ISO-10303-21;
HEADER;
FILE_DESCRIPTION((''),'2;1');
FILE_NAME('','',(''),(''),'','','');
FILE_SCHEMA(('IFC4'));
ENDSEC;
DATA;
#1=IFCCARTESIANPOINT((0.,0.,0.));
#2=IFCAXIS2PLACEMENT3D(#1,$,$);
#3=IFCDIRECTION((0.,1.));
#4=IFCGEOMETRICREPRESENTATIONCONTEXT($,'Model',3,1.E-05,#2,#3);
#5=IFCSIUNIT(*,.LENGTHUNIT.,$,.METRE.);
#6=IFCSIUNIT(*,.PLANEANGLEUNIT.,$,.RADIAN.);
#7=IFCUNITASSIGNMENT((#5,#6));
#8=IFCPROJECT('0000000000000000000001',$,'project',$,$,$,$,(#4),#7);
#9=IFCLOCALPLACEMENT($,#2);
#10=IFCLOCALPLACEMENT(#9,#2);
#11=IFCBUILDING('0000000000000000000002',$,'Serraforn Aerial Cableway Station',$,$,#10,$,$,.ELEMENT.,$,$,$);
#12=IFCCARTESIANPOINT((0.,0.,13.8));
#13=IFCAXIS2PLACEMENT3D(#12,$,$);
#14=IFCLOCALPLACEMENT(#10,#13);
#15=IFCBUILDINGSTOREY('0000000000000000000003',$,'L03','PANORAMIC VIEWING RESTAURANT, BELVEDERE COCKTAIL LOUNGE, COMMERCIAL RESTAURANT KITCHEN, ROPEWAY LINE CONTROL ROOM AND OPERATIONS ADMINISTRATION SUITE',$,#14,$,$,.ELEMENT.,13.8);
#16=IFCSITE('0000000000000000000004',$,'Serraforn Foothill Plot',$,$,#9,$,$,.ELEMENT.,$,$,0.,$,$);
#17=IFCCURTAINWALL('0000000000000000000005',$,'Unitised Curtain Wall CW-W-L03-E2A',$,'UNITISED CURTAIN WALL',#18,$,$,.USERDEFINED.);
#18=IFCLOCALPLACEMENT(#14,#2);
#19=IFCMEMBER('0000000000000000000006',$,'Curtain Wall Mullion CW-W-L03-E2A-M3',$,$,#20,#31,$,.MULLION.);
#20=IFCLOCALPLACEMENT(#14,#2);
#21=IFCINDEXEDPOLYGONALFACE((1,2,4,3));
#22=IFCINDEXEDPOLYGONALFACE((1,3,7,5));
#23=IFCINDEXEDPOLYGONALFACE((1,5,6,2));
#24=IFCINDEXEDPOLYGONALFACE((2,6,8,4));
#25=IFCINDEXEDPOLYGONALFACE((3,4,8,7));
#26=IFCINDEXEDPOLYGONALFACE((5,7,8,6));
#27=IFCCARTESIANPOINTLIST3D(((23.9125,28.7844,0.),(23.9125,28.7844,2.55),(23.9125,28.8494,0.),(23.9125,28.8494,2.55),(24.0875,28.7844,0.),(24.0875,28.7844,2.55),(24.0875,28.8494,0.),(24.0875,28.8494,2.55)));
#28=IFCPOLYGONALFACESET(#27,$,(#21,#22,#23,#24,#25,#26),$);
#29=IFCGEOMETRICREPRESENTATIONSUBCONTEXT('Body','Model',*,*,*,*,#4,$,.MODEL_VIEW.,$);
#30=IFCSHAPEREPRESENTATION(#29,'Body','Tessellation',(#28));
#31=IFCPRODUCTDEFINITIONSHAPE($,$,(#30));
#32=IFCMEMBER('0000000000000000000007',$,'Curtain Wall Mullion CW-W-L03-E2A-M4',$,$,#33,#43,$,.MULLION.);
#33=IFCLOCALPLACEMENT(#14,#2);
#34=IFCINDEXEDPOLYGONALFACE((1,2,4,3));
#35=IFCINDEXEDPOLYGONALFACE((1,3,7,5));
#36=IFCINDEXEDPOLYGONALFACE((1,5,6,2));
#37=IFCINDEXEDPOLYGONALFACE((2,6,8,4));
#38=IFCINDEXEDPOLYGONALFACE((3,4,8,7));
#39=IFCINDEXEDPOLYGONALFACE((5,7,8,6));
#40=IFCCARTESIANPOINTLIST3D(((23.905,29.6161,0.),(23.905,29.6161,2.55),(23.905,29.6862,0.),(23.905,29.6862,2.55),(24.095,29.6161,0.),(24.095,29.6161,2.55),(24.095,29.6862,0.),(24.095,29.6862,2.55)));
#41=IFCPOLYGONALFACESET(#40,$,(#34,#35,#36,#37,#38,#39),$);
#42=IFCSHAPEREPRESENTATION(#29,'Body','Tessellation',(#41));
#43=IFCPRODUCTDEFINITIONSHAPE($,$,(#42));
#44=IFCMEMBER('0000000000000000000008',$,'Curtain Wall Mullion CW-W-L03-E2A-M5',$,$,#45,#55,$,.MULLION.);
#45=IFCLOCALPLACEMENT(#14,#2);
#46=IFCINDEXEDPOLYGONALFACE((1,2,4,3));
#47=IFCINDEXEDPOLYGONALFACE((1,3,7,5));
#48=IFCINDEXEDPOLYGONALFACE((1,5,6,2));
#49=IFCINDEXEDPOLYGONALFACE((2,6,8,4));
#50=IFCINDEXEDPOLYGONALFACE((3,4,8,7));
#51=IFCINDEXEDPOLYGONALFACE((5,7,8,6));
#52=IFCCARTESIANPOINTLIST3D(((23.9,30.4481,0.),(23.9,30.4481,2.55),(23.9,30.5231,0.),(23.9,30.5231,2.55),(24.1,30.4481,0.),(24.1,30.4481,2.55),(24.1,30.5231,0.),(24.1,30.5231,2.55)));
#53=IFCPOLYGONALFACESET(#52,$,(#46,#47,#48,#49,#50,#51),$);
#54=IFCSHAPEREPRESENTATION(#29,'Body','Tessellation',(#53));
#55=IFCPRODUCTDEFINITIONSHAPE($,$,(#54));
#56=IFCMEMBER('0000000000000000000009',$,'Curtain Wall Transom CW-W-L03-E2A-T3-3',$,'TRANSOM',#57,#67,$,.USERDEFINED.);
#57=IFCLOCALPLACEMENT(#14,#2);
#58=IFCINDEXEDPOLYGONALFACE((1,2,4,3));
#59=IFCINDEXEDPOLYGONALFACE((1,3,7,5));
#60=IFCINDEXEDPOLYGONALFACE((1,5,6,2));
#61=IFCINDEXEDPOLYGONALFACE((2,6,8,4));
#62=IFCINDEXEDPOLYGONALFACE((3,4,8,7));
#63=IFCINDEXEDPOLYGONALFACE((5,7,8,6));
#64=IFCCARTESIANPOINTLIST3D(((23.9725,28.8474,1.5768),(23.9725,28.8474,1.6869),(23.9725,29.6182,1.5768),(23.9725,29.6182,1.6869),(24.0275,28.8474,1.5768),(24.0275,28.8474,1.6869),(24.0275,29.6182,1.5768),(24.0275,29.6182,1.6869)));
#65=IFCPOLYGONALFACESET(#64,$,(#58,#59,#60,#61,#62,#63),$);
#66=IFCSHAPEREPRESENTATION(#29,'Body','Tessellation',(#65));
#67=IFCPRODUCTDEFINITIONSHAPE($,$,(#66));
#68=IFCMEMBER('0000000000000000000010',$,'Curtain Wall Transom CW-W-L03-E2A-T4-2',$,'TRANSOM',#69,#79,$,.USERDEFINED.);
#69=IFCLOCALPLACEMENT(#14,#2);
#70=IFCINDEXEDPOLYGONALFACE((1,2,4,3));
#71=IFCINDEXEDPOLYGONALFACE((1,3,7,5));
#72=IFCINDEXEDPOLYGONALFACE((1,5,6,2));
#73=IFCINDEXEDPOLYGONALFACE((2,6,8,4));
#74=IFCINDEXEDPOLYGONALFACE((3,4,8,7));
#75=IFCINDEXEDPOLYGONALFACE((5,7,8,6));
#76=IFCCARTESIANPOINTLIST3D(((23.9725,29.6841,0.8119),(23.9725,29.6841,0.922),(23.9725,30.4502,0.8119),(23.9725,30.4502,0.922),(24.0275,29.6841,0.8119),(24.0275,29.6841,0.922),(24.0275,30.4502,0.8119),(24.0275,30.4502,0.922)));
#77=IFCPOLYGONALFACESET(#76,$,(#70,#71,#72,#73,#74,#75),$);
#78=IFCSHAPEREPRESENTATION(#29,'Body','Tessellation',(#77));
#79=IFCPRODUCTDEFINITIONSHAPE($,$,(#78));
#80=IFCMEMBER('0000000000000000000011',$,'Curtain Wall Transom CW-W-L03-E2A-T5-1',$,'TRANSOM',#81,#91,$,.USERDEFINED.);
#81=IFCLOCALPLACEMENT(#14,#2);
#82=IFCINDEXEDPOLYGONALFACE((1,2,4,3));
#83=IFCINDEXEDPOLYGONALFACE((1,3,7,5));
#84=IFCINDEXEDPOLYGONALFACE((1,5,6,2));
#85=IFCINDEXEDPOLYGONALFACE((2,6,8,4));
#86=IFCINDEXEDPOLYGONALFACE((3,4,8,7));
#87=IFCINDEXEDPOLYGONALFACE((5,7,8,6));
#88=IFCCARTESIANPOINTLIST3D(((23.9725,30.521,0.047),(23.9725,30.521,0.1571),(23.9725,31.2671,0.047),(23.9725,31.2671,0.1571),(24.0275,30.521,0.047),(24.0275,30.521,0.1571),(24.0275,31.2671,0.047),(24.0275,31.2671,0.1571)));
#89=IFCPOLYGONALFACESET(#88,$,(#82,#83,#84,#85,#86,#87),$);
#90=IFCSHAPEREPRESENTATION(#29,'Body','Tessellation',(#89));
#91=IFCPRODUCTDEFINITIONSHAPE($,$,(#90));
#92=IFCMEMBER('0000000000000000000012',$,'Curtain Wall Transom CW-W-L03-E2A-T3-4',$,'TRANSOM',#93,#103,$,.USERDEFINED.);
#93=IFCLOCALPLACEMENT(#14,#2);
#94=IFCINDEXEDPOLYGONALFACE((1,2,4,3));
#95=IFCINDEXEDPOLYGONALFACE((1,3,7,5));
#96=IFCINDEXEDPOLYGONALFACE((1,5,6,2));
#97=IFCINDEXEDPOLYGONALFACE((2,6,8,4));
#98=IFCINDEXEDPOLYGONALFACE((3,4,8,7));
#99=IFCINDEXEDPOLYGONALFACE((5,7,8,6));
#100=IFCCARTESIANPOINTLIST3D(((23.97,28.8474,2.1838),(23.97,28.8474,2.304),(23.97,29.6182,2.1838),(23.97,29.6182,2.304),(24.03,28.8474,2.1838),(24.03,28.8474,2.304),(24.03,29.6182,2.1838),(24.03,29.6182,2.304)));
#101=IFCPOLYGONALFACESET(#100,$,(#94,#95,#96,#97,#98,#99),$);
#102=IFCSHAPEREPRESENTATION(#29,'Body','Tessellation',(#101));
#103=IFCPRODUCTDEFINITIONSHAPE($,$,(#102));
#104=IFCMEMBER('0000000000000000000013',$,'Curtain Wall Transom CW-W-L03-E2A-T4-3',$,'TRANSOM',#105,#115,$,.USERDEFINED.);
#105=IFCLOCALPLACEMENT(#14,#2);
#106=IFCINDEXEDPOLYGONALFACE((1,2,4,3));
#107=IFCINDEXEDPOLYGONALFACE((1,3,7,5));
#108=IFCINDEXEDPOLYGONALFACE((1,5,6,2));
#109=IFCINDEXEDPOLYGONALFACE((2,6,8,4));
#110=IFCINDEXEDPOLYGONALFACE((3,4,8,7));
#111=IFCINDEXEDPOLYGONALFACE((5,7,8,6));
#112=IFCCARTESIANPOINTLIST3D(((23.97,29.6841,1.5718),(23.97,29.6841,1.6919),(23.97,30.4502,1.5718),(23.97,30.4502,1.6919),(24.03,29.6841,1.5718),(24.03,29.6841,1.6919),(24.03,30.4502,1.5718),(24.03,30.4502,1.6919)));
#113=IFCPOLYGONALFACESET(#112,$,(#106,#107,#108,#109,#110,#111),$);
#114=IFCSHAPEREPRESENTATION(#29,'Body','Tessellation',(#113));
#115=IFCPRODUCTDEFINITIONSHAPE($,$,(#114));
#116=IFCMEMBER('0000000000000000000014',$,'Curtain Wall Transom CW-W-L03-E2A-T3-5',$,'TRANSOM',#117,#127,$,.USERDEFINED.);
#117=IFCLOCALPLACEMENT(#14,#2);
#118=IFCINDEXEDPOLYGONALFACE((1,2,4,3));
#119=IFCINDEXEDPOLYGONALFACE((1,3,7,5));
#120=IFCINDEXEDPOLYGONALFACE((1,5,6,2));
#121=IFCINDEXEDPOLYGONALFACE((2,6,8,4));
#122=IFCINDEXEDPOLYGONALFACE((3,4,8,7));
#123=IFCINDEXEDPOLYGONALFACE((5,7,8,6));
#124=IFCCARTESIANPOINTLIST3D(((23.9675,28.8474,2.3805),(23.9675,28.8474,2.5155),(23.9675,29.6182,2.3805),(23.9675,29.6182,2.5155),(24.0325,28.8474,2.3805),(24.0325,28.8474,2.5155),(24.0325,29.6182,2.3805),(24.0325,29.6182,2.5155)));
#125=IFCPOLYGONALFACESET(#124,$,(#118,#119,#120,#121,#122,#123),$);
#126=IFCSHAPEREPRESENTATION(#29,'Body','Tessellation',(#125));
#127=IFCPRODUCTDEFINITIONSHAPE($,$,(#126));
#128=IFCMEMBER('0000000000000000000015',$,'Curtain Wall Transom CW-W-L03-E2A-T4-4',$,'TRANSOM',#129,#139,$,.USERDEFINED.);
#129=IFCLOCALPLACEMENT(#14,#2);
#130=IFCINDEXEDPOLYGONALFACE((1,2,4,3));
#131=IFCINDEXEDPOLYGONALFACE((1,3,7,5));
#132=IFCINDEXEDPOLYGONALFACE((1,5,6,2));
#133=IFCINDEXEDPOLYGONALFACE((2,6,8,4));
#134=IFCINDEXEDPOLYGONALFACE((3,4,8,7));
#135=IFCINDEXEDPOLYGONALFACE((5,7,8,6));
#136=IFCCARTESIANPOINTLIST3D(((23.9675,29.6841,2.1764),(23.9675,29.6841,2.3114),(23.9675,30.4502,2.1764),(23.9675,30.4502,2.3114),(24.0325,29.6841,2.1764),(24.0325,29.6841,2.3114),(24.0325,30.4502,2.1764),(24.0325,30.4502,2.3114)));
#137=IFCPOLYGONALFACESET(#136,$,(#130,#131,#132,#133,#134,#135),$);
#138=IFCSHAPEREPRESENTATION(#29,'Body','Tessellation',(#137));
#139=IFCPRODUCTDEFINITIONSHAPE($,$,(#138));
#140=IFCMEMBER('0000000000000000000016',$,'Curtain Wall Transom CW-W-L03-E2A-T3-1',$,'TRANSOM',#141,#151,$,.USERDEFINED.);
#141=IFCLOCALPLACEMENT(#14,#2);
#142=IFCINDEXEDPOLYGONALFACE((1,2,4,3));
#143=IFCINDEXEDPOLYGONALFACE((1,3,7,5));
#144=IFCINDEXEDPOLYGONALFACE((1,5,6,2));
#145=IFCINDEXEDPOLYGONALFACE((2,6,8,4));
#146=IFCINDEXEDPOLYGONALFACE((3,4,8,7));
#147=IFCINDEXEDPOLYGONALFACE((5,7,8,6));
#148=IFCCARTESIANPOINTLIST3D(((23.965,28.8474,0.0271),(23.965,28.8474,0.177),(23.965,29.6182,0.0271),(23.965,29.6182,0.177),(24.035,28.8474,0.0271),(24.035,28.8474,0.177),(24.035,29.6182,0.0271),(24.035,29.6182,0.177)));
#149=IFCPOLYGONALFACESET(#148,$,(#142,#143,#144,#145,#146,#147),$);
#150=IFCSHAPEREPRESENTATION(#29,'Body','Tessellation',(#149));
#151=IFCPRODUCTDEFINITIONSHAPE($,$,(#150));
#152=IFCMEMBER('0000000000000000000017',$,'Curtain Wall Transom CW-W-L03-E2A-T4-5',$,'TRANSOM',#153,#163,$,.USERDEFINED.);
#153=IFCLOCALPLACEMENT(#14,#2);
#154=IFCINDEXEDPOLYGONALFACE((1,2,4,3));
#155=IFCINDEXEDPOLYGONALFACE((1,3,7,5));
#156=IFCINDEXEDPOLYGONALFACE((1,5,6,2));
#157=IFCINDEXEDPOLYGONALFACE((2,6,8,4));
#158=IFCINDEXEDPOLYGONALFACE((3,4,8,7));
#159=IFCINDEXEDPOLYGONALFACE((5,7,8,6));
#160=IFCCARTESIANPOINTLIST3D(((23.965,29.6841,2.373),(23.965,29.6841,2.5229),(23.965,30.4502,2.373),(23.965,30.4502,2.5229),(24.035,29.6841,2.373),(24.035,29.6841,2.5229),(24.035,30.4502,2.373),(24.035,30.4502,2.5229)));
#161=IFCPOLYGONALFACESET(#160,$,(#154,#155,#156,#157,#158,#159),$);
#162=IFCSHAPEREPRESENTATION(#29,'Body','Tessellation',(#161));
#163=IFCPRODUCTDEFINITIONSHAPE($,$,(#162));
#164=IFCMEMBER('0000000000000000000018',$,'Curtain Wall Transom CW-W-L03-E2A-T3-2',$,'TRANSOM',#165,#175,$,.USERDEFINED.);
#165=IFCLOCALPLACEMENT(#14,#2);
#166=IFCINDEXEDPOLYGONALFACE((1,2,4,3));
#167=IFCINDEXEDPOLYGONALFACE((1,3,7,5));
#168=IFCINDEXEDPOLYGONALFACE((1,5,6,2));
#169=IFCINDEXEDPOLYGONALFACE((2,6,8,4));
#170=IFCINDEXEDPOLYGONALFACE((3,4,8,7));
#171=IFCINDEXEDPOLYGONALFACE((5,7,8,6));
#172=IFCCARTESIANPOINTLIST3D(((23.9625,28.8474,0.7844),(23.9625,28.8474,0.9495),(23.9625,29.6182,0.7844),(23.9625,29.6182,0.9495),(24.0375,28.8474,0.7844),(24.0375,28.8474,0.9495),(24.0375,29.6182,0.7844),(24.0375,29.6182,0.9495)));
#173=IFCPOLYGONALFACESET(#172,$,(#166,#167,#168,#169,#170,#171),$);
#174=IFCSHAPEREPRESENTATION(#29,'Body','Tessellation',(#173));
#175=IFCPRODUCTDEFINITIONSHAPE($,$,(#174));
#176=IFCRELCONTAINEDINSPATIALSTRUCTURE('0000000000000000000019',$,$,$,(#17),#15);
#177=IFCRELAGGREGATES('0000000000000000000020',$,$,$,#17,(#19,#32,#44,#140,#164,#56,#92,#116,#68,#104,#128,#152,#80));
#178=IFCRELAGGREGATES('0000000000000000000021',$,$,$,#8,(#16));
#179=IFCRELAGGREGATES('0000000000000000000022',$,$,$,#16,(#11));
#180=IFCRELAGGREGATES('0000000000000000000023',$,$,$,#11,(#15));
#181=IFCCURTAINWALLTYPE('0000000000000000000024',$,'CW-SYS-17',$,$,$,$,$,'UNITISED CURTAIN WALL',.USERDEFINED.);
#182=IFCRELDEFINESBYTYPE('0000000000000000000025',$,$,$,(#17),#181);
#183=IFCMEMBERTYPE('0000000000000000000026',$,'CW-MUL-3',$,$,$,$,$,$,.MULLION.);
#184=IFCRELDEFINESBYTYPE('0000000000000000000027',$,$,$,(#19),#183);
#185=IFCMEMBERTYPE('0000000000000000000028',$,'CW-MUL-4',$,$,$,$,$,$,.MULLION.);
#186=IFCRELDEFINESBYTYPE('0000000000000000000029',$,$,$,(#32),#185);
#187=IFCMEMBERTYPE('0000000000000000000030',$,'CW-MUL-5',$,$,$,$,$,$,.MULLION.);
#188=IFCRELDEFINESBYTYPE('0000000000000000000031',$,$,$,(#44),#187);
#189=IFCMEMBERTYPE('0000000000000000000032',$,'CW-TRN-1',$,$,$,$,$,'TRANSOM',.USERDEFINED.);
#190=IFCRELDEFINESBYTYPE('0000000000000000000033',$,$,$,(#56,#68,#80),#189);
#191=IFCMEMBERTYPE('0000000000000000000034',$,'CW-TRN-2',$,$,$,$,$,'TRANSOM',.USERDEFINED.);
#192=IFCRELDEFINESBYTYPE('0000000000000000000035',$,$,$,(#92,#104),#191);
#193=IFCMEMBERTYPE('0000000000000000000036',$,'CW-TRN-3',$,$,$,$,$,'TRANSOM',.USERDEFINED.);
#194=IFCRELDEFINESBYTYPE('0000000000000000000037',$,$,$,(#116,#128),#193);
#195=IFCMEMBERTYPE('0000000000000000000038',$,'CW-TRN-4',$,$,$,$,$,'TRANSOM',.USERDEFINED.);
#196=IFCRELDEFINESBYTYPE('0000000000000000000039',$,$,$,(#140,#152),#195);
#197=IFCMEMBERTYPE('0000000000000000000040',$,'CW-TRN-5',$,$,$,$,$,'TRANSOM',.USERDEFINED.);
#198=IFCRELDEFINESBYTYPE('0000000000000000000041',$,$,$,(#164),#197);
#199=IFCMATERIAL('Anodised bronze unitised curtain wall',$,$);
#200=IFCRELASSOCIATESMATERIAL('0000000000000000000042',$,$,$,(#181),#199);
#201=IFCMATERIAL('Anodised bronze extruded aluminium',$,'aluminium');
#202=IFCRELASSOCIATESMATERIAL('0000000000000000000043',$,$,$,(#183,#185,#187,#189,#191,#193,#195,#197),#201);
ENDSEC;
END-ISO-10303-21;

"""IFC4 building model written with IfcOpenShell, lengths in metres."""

from ifc_helpers import new_model, si_unit, direction, frame, origin, origin_2d, place, context, subcontext, project, spatial, rectangle, extrude, material, material_profile, profile_set, type_object, element, aggregate, save


model = new_model("IFC4")

# Units and contexts
model_context = context("Model", 3, precision=1e-05, world=origin(), true_north=direction((0.0, 1.0)))
body_context = subcontext(model_context, "Body", "Model", "MODEL_VIEW")
ifc_project = project(units=[si_unit("LENGTHUNIT", "METRE"), si_unit("PLANEANGLEUNIT", "RADIAN")], contexts=[model_context])

# Site, building, storey
site_placement = place(None, origin())
site = spatial("IfcSite", under=ifc_project, at=site_placement, Name="Serraforn Foothill Plot", CompositionType="ELEMENT", RefElevation=0.0)
building_placement = place(site_placement, origin())
building = spatial("IfcBuilding", under=site, at=building_placement, Name="Serraforn Aerial Cableway Station", CompositionType="ELEMENT")
storey_placement = place(building_placement, frame((0.0, 0.0, 13.8)))
storey = spatial("IfcBuildingStorey", under=building, at=storey_placement, Name="L03", Description="PANORAMIC VIEWING RESTAURANT, BELVEDERE COCKTAIL LOUNGE, COMMERCIAL RESTAURANT KITCHEN, ROPEWAY LINE CONTROL ROOM AND OPERATIONS ADMINISTRATION SUITE", CompositionType="ELEMENT", Elevation=13.8)

# Curtain wall, members
ifc_material_1 = material(Name="Anodised bronze unitised curtain wall")
curtain_wall_type = type_object("IfcCurtainWallType", Name="CW-SYS-17", ElementType="UNITISED CURTAIN WALL", PredefinedType="USERDEFINED", material=ifc_material_1)
curtain_wall_placement = place(storey_placement, origin())
curtain_wall = element("IfcCurtainWall", 1, at=curtain_wall_placement, inside=storey, type_object=curtain_wall_type, Name="Unitised Curtain Wall CW-W-L03-E2A", ObjectType="UNITISED CURTAIN WALL", PredefinedType="USERDEFINED")
ifc_material_2 = material(Name="Anodised bronze extruded aluminium", Category="aluminium")
ifc_material_profile_1 = material_profile(ifc_material_2, rectangle(XDim=0.0649, YDim=0.175, at=origin_2d()), Name="CW MULLION 65x175")
ifc_profile_set_1 = profile_set([ifc_material_profile_1], Name="Anodised bronze extruded aluminium")
member_type_1 = type_object("IfcMemberType", Name="CW-MUL-3", PredefinedType="MULLION", material=ifc_profile_set_1)
member_1_placement = place(storey_placement, frame((24.0, 28.8169, 0.0), z_axis=(0.0, 0.0, 1.0), x_axis=(0.0, 1.0, 0.0)))
member_1 = element("IfcMember", 2, at=member_1_placement, type_object=member_type_1, Name="Curtain Wall Mullion CW-W-L03-E2A-M3", PredefinedType="MULLION", context=body_context, shape_type="SweptSolid", body=[
    extrude(rectangle(XDim=0.0649, YDim=0.175, at=origin_2d()), origin(), (0.0, 0.0, 1.0), 2.55),
])
ifc_material_profile_2 = material_profile(ifc_material_2, rectangle(XDim=0.0701, YDim=0.1899, at=origin_2d()), Name="CW MULLION 70x190")
ifc_profile_set_2 = profile_set([ifc_material_profile_2], Name="Anodised bronze extruded aluminium")
member_type_2 = type_object("IfcMemberType", Name="CW-MUL-4", PredefinedType="MULLION", material=ifc_profile_set_2)
member_2_placement = place(storey_placement, frame((24.0, 29.6511, 0.0), z_axis=(0.0, 0.0, 1.0), x_axis=(0.0, 1.0, 0.0)))
member_2 = element("IfcMember", 3, at=member_2_placement, type_object=member_type_2, Name="Curtain Wall Mullion CW-W-L03-E2A-M4", PredefinedType="MULLION", context=body_context, shape_type="SweptSolid", body=[
    extrude(rectangle(XDim=0.0701, YDim=0.1899, at=origin_2d()), origin(), (0.0, 0.0, 1.0), 2.55),
])
ifc_material_profile_3 = material_profile(ifc_material_2, rectangle(XDim=0.075, YDim=0.2, at=origin_2d()), Name="CW MULLION 75x200")
ifc_profile_set_3 = profile_set([ifc_material_profile_3], Name="Anodised bronze extruded aluminium")
member_type_3 = type_object("IfcMemberType", Name="CW-MUL-5", PredefinedType="MULLION", material=ifc_profile_set_3)
member_3_placement = place(storey_placement, frame((24.0, 30.4856, 0.0), z_axis=(0.0, 0.0, 1.0), x_axis=(0.0, 1.0, 0.0)))
member_3 = element("IfcMember", 4, at=member_3_placement, type_object=member_type_3, Name="Curtain Wall Mullion CW-W-L03-E2A-M5", PredefinedType="MULLION", context=body_context, shape_type="SweptSolid", body=[
    extrude(rectangle(XDim=0.075, YDim=0.2, at=origin_2d()), origin(), (0.0, 0.0, 1.0), 2.55),
])
ifc_material_profile_4 = material_profile(ifc_material_2, rectangle(XDim=0.0549, YDim=0.1101, at=origin_2d()), Name="CW TRANSOM 55x110")
ifc_profile_set_4 = profile_set([ifc_material_profile_4], Name="Anodised bronze extruded aluminium")
member_type_4 = type_object("IfcMemberType", Name="CW-TRN-1", ElementType="TRANSOM", PredefinedType="USERDEFINED", material=ifc_profile_set_4)
member_4_placement = place(storey_placement, frame((24.0, 28.8474, 1.6318), z_axis=(0.0, 1.0, 0.0), x_axis=(-1.0, 0.0, 0.0)))
member_4 = element("IfcMember", 5, at=member_4_placement, type_object=member_type_4, Name="Curtain Wall Transom CW-W-L03-E2A-T3-3", ObjectType="TRANSOM", PredefinedType="USERDEFINED", context=body_context, shape_type="SweptSolid", body=[
    extrude(rectangle(XDim=0.0549, YDim=0.1101, at=origin_2d()), origin(), (0.0, 0.0, 1.0), 0.7708),
])
member_5_placement = place(storey_placement, frame((24.0, 29.6841, 0.8669), z_axis=(0.0, 1.0, 0.0), x_axis=(-1.0, 0.0, 0.0)))
member_5 = element("IfcMember", 6, at=member_5_placement, type_object=member_type_4, Name="Curtain Wall Transom CW-W-L03-E2A-T4-2", ObjectType="TRANSOM", PredefinedType="USERDEFINED", context=body_context, shape_type="SweptSolid", body=[
    extrude(rectangle(XDim=0.0549, YDim=0.1101, at=origin_2d()), origin(), (0.0, 0.0, 1.0), 0.7661),
])
member_6_placement = place(storey_placement, frame((24.0, 30.521, 0.1021), z_axis=(0.0, 1.0, 0.0), x_axis=(-1.0, 0.0, 0.0)))
member_6 = element("IfcMember", 7, at=member_6_placement, type_object=member_type_4, Name="Curtain Wall Transom CW-W-L03-E2A-T5-1", ObjectType="TRANSOM", PredefinedType="USERDEFINED", context=body_context, shape_type="SweptSolid", body=[
    extrude(rectangle(XDim=0.0549, YDim=0.1101, at=origin_2d()), origin(), (0.0, 0.0, 1.0), 0.7461),
])
ifc_material_profile_5 = material_profile(ifc_material_2, rectangle(XDim=0.0601, YDim=0.1201, at=origin_2d()), Name="CW TRANSOM 60x120")
ifc_profile_set_5 = profile_set([ifc_material_profile_5], Name="Anodised bronze extruded aluminium")
member_type_5 = type_object("IfcMemberType", Name="CW-TRN-2", ElementType="TRANSOM", PredefinedType="USERDEFINED", material=ifc_profile_set_5)
member_7_placement = place(storey_placement, frame((24.0, 28.8474, 2.2439), z_axis=(0.0, 1.0, 0.0), x_axis=(-1.0, 0.0, 0.0)))
member_7 = element("IfcMember", 8, at=member_7_placement, type_object=member_type_5, Name="Curtain Wall Transom CW-W-L03-E2A-T3-4", ObjectType="TRANSOM", PredefinedType="USERDEFINED", context=body_context, shape_type="SweptSolid", body=[
    extrude(rectangle(XDim=0.0601, YDim=0.1201, at=origin_2d()), origin(), (0.0, 0.0, 1.0), 0.7708),
])
member_8_placement = place(storey_placement, frame((24.0, 29.6841, 1.6318), z_axis=(0.0, 1.0, 0.0), x_axis=(-1.0, 0.0, 0.0)))
member_8 = element("IfcMember", 9, at=member_8_placement, type_object=member_type_5, Name="Curtain Wall Transom CW-W-L03-E2A-T4-3", ObjectType="TRANSOM", PredefinedType="USERDEFINED", context=body_context, shape_type="SweptSolid", body=[
    extrude(rectangle(XDim=0.0601, YDim=0.1201, at=origin_2d()), origin(), (0.0, 0.0, 1.0), 0.7661),
])
ifc_material_profile_6 = material_profile(ifc_material_2, rectangle(XDim=0.0649, YDim=0.135, at=origin_2d()), Name="CW TRANSOM 65x135")
ifc_profile_set_6 = profile_set([ifc_material_profile_6], Name="Anodised bronze extruded aluminium")
member_type_6 = type_object("IfcMemberType", Name="CW-TRN-3", ElementType="TRANSOM", PredefinedType="USERDEFINED", material=ifc_profile_set_6)
member_9_placement = place(storey_placement, frame((24.0, 28.8474, 2.448), z_axis=(0.0, 1.0, 0.0), x_axis=(-1.0, 0.0, 0.0)))
member_9 = element("IfcMember", 10, at=member_9_placement, type_object=member_type_6, Name="Curtain Wall Transom CW-W-L03-E2A-T3-5", ObjectType="TRANSOM", PredefinedType="USERDEFINED", context=body_context, shape_type="SweptSolid", body=[
    extrude(rectangle(XDim=0.0649, YDim=0.135, at=origin_2d()), origin(), (0.0, 0.0, 1.0), 0.7708),
])
member_10_placement = place(storey_placement, frame((24.0, 29.6841, 2.2439), z_axis=(0.0, 1.0, 0.0), x_axis=(-1.0, 0.0, 0.0)))
member_10 = element("IfcMember", 11, at=member_10_placement, type_object=member_type_6, Name="Curtain Wall Transom CW-W-L03-E2A-T4-4", ObjectType="TRANSOM", PredefinedType="USERDEFINED", context=body_context, shape_type="SweptSolid", body=[
    extrude(rectangle(XDim=0.0649, YDim=0.135, at=origin_2d()), origin(), (0.0, 0.0, 1.0), 0.7661),
])
ifc_material_profile_7 = material_profile(ifc_material_2, rectangle(XDim=0.0701, YDim=0.1499, at=origin_2d()), Name="CW TRANSOM 70x150")
ifc_profile_set_7 = profile_set([ifc_material_profile_7], Name="Anodised bronze extruded aluminium")
member_type_7 = type_object("IfcMemberType", Name="CW-TRN-4", ElementType="TRANSOM", PredefinedType="USERDEFINED", material=ifc_profile_set_7)
member_11_placement = place(storey_placement, frame((24.0, 28.8474, 0.1021), z_axis=(0.0, 1.0, 0.0), x_axis=(-1.0, 0.0, 0.0)))
member_11 = element("IfcMember", 12, at=member_11_placement, type_object=member_type_7, Name="Curtain Wall Transom CW-W-L03-E2A-T3-1", ObjectType="TRANSOM", PredefinedType="USERDEFINED", context=body_context, shape_type="SweptSolid", body=[
    extrude(rectangle(XDim=0.0701, YDim=0.1499, at=origin_2d()), origin(), (0.0, 0.0, 1.0), 0.7708),
])
member_12_placement = place(storey_placement, frame((24.0, 29.6841, 2.448), z_axis=(0.0, 1.0, 0.0), x_axis=(-1.0, 0.0, 0.0)))
member_12 = element("IfcMember", 13, at=member_12_placement, type_object=member_type_7, Name="Curtain Wall Transom CW-W-L03-E2A-T4-5", ObjectType="TRANSOM", PredefinedType="USERDEFINED", context=body_context, shape_type="SweptSolid", body=[
    extrude(rectangle(XDim=0.0701, YDim=0.1499, at=origin_2d()), origin(), (0.0, 0.0, 1.0), 0.7661),
])
ifc_material_profile_8 = material_profile(ifc_material_2, rectangle(XDim=0.075, YDim=0.165, at=origin_2d()), Name="CW TRANSOM 75x165")
ifc_profile_set_8 = profile_set([ifc_material_profile_8], Name="Anodised bronze extruded aluminium")
member_type_8 = type_object("IfcMemberType", Name="CW-TRN-5", ElementType="TRANSOM", PredefinedType="USERDEFINED", material=ifc_profile_set_8)
member_13_placement = place(storey_placement, frame((24.0, 28.8474, 0.8669), z_axis=(0.0, 1.0, 0.0), x_axis=(-1.0, 0.0, 0.0)))
member_13 = element("IfcMember", 14, at=member_13_placement, type_object=member_type_8, Name="Curtain Wall Transom CW-W-L03-E2A-T3-2", ObjectType="TRANSOM", PredefinedType="USERDEFINED", context=body_context, shape_type="SweptSolid", body=[
    extrude(rectangle(XDim=0.075, YDim=0.165, at=origin_2d()), origin(), (0.0, 0.0, 1.0), 0.7708),
])
aggregate(curtain_wall, [member_1, member_2, member_3, member_11, member_13, member_4, member_7, member_9, member_5, member_8, member_10, member_12, member_6])

save(model, "model.ifc")
